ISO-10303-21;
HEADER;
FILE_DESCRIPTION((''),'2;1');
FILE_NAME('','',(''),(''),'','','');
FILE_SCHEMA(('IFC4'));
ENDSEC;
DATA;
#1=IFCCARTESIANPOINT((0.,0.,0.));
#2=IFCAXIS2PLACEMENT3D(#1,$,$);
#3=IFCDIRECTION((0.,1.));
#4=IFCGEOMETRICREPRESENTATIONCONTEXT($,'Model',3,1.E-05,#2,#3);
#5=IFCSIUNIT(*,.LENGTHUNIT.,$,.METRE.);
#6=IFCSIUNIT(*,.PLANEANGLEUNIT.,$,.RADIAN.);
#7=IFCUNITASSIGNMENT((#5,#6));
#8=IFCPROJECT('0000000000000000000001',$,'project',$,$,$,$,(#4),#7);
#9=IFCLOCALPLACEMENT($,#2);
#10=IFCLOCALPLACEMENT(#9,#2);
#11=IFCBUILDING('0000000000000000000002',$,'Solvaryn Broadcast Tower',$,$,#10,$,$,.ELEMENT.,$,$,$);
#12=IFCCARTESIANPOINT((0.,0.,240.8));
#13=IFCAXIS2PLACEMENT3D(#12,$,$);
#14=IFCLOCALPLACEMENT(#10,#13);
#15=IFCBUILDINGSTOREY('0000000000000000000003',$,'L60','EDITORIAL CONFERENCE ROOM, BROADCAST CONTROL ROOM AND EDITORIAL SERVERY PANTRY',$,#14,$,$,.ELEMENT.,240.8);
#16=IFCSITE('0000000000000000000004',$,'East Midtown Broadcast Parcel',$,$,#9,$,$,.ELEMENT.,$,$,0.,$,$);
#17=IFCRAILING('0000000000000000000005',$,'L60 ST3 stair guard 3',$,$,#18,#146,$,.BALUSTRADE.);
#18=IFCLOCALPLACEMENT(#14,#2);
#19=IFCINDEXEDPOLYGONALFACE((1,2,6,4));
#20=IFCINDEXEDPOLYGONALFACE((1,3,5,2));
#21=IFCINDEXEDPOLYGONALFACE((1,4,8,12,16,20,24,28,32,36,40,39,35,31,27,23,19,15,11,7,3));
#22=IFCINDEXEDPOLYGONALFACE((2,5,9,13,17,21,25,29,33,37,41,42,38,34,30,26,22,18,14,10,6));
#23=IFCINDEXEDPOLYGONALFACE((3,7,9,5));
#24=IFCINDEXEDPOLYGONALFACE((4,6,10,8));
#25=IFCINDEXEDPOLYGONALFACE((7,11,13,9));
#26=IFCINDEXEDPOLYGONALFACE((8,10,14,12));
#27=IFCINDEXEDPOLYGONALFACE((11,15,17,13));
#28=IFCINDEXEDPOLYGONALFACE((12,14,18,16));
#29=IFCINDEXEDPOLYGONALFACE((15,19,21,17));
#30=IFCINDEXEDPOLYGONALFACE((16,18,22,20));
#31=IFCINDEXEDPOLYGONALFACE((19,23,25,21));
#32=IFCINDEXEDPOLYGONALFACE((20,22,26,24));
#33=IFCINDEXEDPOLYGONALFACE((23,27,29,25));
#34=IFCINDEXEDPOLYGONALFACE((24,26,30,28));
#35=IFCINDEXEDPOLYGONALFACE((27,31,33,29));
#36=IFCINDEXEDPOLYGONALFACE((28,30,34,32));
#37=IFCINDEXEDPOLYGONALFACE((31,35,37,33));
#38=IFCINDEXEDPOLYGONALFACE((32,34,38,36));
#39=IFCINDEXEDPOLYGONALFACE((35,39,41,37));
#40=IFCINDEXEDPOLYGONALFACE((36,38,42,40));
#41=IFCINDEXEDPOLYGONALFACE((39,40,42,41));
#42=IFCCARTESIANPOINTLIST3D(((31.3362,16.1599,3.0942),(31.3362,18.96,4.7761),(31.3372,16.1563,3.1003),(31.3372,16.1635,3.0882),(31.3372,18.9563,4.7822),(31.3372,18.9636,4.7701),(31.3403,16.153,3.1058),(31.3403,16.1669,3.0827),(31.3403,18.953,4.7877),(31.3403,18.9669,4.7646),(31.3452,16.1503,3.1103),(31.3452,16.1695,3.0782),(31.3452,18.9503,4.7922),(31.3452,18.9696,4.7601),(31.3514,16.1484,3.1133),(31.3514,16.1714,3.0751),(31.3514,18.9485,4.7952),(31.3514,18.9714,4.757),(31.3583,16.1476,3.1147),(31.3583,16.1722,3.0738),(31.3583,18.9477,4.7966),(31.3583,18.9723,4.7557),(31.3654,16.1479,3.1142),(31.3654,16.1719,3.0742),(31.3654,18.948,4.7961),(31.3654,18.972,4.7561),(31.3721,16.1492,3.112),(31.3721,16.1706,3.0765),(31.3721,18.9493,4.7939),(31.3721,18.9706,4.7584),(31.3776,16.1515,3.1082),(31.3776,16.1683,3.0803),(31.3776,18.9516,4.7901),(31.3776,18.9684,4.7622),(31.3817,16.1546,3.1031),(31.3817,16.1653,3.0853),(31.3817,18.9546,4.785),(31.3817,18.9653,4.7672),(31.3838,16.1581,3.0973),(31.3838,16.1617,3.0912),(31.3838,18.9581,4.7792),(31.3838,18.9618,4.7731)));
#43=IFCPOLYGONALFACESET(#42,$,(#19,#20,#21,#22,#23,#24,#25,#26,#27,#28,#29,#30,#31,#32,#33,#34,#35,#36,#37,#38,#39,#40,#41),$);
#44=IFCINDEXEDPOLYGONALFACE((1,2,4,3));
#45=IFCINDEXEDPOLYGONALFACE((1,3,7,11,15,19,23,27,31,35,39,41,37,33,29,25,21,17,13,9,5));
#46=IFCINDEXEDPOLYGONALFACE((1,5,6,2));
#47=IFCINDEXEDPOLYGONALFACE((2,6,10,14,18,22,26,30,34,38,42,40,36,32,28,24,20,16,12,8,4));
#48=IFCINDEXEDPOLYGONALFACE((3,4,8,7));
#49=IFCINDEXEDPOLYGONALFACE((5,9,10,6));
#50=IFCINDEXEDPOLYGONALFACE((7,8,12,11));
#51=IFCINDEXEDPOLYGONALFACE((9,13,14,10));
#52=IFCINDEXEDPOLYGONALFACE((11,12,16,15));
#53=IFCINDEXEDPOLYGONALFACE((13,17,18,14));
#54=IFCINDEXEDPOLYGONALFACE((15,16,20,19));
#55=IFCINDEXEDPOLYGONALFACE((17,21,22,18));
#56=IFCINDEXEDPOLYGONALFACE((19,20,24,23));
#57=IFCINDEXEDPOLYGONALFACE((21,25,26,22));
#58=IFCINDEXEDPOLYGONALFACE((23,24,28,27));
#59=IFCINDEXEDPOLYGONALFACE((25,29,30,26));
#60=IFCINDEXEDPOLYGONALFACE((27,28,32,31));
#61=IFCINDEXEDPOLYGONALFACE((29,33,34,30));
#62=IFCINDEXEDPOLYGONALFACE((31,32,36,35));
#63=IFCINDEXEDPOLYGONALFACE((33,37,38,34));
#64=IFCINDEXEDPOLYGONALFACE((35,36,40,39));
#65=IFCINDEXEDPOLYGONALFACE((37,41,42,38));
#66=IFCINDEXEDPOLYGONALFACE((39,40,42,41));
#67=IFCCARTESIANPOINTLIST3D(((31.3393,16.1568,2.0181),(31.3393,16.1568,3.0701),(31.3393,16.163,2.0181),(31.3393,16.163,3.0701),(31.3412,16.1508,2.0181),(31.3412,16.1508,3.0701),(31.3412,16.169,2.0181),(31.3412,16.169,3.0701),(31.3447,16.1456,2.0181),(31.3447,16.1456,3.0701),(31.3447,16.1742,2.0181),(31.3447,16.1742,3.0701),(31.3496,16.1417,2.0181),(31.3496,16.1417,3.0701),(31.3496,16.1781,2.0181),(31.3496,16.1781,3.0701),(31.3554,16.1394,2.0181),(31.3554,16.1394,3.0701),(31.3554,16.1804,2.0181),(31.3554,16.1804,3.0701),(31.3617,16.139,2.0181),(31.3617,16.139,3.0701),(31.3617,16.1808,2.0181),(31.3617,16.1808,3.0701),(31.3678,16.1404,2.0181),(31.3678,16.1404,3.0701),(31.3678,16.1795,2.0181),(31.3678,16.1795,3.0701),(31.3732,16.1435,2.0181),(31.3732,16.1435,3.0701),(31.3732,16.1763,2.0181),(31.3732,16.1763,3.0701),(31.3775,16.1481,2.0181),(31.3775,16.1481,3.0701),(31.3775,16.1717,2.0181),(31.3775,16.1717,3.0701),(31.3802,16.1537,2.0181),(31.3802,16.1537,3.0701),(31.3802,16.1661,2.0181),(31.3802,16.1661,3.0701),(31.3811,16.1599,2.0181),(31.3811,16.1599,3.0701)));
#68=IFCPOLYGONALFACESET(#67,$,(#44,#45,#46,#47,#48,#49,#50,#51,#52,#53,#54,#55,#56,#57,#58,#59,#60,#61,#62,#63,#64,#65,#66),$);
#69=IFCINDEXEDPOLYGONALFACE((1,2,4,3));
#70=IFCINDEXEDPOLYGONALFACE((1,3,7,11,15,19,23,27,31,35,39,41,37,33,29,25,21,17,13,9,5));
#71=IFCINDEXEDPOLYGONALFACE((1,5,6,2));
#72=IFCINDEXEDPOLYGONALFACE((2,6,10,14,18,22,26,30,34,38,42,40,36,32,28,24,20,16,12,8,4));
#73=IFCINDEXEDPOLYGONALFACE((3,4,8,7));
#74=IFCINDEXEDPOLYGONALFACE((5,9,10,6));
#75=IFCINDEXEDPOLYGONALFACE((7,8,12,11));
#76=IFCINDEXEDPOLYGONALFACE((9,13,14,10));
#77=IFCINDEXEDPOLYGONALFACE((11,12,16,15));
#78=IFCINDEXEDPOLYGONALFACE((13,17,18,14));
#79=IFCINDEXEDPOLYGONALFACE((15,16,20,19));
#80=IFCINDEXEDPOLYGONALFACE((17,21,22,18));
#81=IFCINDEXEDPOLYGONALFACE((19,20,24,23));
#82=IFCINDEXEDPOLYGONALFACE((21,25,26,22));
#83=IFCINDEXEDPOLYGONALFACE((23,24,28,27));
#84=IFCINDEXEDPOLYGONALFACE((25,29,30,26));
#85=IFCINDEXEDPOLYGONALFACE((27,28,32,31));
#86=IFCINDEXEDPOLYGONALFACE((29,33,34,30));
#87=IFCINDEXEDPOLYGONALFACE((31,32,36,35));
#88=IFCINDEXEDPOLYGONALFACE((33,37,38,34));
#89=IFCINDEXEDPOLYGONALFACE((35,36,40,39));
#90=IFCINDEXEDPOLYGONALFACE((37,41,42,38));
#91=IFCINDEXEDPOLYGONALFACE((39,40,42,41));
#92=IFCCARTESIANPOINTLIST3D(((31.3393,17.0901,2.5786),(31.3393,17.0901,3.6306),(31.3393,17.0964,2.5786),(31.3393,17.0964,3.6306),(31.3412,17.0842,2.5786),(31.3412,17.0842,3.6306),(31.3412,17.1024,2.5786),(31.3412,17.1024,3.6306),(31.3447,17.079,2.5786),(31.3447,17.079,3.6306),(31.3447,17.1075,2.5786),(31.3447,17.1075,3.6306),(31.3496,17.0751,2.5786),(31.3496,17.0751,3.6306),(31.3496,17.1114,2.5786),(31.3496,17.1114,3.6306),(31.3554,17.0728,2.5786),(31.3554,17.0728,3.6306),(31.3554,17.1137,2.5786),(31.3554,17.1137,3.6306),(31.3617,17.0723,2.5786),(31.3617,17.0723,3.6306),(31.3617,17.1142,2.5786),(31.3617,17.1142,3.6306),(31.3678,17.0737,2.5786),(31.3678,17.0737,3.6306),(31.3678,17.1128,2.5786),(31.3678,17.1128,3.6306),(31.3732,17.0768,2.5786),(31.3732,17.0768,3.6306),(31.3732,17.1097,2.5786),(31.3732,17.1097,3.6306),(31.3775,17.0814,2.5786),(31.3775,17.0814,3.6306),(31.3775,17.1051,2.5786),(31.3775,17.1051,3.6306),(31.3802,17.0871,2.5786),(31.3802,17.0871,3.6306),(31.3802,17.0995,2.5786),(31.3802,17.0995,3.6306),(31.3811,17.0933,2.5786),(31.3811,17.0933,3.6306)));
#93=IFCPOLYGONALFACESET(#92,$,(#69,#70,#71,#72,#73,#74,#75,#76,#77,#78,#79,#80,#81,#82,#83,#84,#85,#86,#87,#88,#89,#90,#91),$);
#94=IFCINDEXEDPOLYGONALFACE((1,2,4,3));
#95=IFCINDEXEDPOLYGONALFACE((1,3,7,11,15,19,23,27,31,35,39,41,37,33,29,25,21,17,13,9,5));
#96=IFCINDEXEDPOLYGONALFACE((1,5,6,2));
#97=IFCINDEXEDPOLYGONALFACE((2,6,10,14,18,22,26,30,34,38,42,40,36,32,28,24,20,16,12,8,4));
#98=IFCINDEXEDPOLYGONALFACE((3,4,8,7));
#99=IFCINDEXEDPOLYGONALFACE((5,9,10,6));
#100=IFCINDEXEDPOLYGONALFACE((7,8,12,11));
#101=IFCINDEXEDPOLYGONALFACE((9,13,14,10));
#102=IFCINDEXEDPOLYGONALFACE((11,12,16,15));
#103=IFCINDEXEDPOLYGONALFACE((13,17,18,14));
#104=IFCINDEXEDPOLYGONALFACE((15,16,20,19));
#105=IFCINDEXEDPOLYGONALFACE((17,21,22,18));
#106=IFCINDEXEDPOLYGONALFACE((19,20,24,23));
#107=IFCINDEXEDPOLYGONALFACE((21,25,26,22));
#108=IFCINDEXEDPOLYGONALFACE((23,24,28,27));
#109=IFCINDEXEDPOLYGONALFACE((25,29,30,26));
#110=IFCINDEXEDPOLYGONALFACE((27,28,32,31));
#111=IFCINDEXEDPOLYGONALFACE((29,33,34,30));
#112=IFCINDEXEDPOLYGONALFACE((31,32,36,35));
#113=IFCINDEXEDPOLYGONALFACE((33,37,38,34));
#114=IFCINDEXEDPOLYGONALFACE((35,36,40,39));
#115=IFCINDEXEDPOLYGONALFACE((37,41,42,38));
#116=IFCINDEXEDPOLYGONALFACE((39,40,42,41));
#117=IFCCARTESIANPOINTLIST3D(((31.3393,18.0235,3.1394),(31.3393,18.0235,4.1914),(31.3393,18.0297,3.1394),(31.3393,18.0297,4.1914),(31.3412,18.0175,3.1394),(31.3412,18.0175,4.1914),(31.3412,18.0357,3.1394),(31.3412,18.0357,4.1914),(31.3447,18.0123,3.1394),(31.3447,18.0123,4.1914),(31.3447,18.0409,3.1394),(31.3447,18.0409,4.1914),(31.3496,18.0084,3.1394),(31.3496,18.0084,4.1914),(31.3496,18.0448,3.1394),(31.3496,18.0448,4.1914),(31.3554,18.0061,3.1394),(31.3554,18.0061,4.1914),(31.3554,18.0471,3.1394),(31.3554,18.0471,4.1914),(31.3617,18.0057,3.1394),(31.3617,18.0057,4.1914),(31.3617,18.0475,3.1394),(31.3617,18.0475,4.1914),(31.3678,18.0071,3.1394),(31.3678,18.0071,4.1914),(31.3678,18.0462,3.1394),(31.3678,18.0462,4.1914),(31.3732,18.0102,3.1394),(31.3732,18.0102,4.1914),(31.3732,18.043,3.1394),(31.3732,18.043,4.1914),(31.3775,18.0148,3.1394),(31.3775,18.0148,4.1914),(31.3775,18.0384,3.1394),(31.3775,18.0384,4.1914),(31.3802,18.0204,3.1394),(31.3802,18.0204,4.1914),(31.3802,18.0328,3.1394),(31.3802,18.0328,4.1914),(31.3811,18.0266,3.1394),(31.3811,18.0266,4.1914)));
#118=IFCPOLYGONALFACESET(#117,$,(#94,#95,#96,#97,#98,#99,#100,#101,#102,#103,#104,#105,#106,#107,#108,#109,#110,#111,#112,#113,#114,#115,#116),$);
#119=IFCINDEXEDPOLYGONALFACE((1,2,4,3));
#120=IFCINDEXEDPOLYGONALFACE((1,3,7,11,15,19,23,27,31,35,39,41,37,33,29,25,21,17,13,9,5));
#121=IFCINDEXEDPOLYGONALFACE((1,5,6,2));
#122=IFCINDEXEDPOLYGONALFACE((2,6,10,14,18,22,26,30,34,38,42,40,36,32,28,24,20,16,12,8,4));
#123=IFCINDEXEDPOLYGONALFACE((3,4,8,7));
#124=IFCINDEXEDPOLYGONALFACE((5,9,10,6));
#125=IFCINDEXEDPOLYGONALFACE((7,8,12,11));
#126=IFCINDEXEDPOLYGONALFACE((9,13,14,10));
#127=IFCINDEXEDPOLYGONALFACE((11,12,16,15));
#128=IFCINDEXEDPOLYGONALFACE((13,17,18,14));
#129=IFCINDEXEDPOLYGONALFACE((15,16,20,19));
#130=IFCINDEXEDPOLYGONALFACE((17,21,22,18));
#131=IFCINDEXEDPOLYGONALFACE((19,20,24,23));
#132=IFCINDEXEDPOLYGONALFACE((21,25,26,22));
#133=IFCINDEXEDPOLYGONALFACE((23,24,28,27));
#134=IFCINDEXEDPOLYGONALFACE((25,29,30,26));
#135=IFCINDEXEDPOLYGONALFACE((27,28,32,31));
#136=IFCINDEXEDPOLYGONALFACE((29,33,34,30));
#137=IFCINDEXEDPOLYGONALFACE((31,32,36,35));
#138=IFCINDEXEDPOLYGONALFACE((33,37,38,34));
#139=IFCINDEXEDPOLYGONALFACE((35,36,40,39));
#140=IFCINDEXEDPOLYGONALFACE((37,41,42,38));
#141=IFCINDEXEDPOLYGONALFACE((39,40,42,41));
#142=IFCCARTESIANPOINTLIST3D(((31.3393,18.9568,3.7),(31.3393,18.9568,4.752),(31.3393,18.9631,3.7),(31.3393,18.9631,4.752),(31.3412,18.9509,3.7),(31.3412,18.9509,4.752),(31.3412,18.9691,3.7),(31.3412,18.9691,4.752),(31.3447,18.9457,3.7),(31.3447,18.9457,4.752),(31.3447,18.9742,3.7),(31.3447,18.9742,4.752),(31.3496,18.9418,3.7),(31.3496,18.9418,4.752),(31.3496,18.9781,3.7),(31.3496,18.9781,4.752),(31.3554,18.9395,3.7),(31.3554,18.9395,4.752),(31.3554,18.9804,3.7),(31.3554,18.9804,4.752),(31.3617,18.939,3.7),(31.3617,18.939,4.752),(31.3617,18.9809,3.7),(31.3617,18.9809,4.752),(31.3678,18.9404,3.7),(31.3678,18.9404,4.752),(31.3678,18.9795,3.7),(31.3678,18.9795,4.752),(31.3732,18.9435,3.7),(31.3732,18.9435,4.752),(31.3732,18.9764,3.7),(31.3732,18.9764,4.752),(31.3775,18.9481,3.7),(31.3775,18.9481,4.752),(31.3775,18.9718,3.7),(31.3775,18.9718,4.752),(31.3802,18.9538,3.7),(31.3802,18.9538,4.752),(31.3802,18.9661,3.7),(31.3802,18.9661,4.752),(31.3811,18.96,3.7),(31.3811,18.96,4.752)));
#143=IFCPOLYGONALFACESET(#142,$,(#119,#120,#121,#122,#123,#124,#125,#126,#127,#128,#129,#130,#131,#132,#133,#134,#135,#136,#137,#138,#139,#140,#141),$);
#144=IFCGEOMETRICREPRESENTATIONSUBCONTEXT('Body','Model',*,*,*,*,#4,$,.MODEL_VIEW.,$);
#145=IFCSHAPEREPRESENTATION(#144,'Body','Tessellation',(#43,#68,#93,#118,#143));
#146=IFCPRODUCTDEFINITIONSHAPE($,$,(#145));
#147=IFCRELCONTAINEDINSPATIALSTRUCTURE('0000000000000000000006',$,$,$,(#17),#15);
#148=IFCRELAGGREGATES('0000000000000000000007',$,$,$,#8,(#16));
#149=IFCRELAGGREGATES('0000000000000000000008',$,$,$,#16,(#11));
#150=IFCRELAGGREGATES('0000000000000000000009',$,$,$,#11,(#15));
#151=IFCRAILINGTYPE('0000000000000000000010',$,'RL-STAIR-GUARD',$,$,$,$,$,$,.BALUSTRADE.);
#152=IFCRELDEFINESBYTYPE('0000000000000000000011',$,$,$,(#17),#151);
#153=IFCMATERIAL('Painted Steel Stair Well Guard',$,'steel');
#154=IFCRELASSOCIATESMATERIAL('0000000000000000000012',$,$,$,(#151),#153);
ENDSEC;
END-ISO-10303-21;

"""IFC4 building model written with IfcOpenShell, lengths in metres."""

from ifc_helpers import new_model, si_unit, direction, frame, origin, origin_2d, place, context, subcontext, project, spatial, circle, extrude, material, type_object, element, save


model = new_model("IFC4")

# Units and contexts
model_context = context("Model", 3, precision=1e-05, world=origin(), true_north=direction((0.0, 1.0)))
body_context = subcontext(model_context, "Body", "Model", "MODEL_VIEW")
ifc_project = project(units=[si_unit("LENGTHUNIT", "METRE"), si_unit("PLANEANGLEUNIT", "RADIAN")], contexts=[model_context])

# Site, building, storey
site_placement = place(None, origin())
site = spatial("IfcSite", under=ifc_project, at=site_placement, Name="East Midtown Broadcast Parcel", CompositionType="ELEMENT", RefElevation=0.0)
building_placement = place(site_placement, origin())
building = spatial("IfcBuilding", under=site, at=building_placement, Name="Solvaryn Broadcast Tower", CompositionType="ELEMENT")
storey_placement = place(building_placement, frame((0.0, 0.0, 240.8)))
storey = spatial("IfcBuildingStorey", under=building, at=storey_placement, Name="L60", Description="EDITORIAL CONFERENCE ROOM, BROADCAST CONTROL ROOM AND EDITORIAL SERVERY PANTRY", CompositionType="ELEMENT", Elevation=240.8)

# Railing
ifc_material_1 = material(Name="Painted Steel Stair Well Guard", Category="steel")
railing_type_1 = type_object("IfcRailingType", Name="RL-STAIR-GUARD", PredefinedType="BALUSTRADE", material=ifc_material_1)
railing_1_placement = place(storey_placement, frame((31.3601, 16.1599, 2.0181)))
element("IfcRailing", 1, at=railing_1_placement, inside=storey, type_object=railing_type_1, Name="L60 ST3 stair guard 3", PredefinedType="BALUSTRADE", context=body_context, shape_type="SweptSolid", body=[
    extrude(circle(Radius=0.0239, at=origin_2d()), frame((0.0, 0.0, 1.0762), z_axis=(0.0, 0.857242, 0.514913), x_axis=(-1.0, 0.0, 0.0)), (0.0, 0.0, 1.0), 3.2664),
    extrude(circle(Radius=0.021, at=origin_2d()), origin(), (0.0, 0.0, 1.0), 1.052),
    extrude(circle(Radius=0.021, at=origin_2d()), frame((0.0, 0.9333, 0.5605)), (0.0, 0.0, 1.0), 1.052),
    extrude(circle(Radius=0.021, at=origin_2d()), frame((0.0, 1.8667, 1.1213)), (0.0, 0.0, 1.0), 1.052),
    extrude(circle(Radius=0.021, at=origin_2d()), frame((0.0, 2.8, 1.6819)), (0.0, 0.0, 1.0), 1.052),
])

save(model, "model.ifc")
